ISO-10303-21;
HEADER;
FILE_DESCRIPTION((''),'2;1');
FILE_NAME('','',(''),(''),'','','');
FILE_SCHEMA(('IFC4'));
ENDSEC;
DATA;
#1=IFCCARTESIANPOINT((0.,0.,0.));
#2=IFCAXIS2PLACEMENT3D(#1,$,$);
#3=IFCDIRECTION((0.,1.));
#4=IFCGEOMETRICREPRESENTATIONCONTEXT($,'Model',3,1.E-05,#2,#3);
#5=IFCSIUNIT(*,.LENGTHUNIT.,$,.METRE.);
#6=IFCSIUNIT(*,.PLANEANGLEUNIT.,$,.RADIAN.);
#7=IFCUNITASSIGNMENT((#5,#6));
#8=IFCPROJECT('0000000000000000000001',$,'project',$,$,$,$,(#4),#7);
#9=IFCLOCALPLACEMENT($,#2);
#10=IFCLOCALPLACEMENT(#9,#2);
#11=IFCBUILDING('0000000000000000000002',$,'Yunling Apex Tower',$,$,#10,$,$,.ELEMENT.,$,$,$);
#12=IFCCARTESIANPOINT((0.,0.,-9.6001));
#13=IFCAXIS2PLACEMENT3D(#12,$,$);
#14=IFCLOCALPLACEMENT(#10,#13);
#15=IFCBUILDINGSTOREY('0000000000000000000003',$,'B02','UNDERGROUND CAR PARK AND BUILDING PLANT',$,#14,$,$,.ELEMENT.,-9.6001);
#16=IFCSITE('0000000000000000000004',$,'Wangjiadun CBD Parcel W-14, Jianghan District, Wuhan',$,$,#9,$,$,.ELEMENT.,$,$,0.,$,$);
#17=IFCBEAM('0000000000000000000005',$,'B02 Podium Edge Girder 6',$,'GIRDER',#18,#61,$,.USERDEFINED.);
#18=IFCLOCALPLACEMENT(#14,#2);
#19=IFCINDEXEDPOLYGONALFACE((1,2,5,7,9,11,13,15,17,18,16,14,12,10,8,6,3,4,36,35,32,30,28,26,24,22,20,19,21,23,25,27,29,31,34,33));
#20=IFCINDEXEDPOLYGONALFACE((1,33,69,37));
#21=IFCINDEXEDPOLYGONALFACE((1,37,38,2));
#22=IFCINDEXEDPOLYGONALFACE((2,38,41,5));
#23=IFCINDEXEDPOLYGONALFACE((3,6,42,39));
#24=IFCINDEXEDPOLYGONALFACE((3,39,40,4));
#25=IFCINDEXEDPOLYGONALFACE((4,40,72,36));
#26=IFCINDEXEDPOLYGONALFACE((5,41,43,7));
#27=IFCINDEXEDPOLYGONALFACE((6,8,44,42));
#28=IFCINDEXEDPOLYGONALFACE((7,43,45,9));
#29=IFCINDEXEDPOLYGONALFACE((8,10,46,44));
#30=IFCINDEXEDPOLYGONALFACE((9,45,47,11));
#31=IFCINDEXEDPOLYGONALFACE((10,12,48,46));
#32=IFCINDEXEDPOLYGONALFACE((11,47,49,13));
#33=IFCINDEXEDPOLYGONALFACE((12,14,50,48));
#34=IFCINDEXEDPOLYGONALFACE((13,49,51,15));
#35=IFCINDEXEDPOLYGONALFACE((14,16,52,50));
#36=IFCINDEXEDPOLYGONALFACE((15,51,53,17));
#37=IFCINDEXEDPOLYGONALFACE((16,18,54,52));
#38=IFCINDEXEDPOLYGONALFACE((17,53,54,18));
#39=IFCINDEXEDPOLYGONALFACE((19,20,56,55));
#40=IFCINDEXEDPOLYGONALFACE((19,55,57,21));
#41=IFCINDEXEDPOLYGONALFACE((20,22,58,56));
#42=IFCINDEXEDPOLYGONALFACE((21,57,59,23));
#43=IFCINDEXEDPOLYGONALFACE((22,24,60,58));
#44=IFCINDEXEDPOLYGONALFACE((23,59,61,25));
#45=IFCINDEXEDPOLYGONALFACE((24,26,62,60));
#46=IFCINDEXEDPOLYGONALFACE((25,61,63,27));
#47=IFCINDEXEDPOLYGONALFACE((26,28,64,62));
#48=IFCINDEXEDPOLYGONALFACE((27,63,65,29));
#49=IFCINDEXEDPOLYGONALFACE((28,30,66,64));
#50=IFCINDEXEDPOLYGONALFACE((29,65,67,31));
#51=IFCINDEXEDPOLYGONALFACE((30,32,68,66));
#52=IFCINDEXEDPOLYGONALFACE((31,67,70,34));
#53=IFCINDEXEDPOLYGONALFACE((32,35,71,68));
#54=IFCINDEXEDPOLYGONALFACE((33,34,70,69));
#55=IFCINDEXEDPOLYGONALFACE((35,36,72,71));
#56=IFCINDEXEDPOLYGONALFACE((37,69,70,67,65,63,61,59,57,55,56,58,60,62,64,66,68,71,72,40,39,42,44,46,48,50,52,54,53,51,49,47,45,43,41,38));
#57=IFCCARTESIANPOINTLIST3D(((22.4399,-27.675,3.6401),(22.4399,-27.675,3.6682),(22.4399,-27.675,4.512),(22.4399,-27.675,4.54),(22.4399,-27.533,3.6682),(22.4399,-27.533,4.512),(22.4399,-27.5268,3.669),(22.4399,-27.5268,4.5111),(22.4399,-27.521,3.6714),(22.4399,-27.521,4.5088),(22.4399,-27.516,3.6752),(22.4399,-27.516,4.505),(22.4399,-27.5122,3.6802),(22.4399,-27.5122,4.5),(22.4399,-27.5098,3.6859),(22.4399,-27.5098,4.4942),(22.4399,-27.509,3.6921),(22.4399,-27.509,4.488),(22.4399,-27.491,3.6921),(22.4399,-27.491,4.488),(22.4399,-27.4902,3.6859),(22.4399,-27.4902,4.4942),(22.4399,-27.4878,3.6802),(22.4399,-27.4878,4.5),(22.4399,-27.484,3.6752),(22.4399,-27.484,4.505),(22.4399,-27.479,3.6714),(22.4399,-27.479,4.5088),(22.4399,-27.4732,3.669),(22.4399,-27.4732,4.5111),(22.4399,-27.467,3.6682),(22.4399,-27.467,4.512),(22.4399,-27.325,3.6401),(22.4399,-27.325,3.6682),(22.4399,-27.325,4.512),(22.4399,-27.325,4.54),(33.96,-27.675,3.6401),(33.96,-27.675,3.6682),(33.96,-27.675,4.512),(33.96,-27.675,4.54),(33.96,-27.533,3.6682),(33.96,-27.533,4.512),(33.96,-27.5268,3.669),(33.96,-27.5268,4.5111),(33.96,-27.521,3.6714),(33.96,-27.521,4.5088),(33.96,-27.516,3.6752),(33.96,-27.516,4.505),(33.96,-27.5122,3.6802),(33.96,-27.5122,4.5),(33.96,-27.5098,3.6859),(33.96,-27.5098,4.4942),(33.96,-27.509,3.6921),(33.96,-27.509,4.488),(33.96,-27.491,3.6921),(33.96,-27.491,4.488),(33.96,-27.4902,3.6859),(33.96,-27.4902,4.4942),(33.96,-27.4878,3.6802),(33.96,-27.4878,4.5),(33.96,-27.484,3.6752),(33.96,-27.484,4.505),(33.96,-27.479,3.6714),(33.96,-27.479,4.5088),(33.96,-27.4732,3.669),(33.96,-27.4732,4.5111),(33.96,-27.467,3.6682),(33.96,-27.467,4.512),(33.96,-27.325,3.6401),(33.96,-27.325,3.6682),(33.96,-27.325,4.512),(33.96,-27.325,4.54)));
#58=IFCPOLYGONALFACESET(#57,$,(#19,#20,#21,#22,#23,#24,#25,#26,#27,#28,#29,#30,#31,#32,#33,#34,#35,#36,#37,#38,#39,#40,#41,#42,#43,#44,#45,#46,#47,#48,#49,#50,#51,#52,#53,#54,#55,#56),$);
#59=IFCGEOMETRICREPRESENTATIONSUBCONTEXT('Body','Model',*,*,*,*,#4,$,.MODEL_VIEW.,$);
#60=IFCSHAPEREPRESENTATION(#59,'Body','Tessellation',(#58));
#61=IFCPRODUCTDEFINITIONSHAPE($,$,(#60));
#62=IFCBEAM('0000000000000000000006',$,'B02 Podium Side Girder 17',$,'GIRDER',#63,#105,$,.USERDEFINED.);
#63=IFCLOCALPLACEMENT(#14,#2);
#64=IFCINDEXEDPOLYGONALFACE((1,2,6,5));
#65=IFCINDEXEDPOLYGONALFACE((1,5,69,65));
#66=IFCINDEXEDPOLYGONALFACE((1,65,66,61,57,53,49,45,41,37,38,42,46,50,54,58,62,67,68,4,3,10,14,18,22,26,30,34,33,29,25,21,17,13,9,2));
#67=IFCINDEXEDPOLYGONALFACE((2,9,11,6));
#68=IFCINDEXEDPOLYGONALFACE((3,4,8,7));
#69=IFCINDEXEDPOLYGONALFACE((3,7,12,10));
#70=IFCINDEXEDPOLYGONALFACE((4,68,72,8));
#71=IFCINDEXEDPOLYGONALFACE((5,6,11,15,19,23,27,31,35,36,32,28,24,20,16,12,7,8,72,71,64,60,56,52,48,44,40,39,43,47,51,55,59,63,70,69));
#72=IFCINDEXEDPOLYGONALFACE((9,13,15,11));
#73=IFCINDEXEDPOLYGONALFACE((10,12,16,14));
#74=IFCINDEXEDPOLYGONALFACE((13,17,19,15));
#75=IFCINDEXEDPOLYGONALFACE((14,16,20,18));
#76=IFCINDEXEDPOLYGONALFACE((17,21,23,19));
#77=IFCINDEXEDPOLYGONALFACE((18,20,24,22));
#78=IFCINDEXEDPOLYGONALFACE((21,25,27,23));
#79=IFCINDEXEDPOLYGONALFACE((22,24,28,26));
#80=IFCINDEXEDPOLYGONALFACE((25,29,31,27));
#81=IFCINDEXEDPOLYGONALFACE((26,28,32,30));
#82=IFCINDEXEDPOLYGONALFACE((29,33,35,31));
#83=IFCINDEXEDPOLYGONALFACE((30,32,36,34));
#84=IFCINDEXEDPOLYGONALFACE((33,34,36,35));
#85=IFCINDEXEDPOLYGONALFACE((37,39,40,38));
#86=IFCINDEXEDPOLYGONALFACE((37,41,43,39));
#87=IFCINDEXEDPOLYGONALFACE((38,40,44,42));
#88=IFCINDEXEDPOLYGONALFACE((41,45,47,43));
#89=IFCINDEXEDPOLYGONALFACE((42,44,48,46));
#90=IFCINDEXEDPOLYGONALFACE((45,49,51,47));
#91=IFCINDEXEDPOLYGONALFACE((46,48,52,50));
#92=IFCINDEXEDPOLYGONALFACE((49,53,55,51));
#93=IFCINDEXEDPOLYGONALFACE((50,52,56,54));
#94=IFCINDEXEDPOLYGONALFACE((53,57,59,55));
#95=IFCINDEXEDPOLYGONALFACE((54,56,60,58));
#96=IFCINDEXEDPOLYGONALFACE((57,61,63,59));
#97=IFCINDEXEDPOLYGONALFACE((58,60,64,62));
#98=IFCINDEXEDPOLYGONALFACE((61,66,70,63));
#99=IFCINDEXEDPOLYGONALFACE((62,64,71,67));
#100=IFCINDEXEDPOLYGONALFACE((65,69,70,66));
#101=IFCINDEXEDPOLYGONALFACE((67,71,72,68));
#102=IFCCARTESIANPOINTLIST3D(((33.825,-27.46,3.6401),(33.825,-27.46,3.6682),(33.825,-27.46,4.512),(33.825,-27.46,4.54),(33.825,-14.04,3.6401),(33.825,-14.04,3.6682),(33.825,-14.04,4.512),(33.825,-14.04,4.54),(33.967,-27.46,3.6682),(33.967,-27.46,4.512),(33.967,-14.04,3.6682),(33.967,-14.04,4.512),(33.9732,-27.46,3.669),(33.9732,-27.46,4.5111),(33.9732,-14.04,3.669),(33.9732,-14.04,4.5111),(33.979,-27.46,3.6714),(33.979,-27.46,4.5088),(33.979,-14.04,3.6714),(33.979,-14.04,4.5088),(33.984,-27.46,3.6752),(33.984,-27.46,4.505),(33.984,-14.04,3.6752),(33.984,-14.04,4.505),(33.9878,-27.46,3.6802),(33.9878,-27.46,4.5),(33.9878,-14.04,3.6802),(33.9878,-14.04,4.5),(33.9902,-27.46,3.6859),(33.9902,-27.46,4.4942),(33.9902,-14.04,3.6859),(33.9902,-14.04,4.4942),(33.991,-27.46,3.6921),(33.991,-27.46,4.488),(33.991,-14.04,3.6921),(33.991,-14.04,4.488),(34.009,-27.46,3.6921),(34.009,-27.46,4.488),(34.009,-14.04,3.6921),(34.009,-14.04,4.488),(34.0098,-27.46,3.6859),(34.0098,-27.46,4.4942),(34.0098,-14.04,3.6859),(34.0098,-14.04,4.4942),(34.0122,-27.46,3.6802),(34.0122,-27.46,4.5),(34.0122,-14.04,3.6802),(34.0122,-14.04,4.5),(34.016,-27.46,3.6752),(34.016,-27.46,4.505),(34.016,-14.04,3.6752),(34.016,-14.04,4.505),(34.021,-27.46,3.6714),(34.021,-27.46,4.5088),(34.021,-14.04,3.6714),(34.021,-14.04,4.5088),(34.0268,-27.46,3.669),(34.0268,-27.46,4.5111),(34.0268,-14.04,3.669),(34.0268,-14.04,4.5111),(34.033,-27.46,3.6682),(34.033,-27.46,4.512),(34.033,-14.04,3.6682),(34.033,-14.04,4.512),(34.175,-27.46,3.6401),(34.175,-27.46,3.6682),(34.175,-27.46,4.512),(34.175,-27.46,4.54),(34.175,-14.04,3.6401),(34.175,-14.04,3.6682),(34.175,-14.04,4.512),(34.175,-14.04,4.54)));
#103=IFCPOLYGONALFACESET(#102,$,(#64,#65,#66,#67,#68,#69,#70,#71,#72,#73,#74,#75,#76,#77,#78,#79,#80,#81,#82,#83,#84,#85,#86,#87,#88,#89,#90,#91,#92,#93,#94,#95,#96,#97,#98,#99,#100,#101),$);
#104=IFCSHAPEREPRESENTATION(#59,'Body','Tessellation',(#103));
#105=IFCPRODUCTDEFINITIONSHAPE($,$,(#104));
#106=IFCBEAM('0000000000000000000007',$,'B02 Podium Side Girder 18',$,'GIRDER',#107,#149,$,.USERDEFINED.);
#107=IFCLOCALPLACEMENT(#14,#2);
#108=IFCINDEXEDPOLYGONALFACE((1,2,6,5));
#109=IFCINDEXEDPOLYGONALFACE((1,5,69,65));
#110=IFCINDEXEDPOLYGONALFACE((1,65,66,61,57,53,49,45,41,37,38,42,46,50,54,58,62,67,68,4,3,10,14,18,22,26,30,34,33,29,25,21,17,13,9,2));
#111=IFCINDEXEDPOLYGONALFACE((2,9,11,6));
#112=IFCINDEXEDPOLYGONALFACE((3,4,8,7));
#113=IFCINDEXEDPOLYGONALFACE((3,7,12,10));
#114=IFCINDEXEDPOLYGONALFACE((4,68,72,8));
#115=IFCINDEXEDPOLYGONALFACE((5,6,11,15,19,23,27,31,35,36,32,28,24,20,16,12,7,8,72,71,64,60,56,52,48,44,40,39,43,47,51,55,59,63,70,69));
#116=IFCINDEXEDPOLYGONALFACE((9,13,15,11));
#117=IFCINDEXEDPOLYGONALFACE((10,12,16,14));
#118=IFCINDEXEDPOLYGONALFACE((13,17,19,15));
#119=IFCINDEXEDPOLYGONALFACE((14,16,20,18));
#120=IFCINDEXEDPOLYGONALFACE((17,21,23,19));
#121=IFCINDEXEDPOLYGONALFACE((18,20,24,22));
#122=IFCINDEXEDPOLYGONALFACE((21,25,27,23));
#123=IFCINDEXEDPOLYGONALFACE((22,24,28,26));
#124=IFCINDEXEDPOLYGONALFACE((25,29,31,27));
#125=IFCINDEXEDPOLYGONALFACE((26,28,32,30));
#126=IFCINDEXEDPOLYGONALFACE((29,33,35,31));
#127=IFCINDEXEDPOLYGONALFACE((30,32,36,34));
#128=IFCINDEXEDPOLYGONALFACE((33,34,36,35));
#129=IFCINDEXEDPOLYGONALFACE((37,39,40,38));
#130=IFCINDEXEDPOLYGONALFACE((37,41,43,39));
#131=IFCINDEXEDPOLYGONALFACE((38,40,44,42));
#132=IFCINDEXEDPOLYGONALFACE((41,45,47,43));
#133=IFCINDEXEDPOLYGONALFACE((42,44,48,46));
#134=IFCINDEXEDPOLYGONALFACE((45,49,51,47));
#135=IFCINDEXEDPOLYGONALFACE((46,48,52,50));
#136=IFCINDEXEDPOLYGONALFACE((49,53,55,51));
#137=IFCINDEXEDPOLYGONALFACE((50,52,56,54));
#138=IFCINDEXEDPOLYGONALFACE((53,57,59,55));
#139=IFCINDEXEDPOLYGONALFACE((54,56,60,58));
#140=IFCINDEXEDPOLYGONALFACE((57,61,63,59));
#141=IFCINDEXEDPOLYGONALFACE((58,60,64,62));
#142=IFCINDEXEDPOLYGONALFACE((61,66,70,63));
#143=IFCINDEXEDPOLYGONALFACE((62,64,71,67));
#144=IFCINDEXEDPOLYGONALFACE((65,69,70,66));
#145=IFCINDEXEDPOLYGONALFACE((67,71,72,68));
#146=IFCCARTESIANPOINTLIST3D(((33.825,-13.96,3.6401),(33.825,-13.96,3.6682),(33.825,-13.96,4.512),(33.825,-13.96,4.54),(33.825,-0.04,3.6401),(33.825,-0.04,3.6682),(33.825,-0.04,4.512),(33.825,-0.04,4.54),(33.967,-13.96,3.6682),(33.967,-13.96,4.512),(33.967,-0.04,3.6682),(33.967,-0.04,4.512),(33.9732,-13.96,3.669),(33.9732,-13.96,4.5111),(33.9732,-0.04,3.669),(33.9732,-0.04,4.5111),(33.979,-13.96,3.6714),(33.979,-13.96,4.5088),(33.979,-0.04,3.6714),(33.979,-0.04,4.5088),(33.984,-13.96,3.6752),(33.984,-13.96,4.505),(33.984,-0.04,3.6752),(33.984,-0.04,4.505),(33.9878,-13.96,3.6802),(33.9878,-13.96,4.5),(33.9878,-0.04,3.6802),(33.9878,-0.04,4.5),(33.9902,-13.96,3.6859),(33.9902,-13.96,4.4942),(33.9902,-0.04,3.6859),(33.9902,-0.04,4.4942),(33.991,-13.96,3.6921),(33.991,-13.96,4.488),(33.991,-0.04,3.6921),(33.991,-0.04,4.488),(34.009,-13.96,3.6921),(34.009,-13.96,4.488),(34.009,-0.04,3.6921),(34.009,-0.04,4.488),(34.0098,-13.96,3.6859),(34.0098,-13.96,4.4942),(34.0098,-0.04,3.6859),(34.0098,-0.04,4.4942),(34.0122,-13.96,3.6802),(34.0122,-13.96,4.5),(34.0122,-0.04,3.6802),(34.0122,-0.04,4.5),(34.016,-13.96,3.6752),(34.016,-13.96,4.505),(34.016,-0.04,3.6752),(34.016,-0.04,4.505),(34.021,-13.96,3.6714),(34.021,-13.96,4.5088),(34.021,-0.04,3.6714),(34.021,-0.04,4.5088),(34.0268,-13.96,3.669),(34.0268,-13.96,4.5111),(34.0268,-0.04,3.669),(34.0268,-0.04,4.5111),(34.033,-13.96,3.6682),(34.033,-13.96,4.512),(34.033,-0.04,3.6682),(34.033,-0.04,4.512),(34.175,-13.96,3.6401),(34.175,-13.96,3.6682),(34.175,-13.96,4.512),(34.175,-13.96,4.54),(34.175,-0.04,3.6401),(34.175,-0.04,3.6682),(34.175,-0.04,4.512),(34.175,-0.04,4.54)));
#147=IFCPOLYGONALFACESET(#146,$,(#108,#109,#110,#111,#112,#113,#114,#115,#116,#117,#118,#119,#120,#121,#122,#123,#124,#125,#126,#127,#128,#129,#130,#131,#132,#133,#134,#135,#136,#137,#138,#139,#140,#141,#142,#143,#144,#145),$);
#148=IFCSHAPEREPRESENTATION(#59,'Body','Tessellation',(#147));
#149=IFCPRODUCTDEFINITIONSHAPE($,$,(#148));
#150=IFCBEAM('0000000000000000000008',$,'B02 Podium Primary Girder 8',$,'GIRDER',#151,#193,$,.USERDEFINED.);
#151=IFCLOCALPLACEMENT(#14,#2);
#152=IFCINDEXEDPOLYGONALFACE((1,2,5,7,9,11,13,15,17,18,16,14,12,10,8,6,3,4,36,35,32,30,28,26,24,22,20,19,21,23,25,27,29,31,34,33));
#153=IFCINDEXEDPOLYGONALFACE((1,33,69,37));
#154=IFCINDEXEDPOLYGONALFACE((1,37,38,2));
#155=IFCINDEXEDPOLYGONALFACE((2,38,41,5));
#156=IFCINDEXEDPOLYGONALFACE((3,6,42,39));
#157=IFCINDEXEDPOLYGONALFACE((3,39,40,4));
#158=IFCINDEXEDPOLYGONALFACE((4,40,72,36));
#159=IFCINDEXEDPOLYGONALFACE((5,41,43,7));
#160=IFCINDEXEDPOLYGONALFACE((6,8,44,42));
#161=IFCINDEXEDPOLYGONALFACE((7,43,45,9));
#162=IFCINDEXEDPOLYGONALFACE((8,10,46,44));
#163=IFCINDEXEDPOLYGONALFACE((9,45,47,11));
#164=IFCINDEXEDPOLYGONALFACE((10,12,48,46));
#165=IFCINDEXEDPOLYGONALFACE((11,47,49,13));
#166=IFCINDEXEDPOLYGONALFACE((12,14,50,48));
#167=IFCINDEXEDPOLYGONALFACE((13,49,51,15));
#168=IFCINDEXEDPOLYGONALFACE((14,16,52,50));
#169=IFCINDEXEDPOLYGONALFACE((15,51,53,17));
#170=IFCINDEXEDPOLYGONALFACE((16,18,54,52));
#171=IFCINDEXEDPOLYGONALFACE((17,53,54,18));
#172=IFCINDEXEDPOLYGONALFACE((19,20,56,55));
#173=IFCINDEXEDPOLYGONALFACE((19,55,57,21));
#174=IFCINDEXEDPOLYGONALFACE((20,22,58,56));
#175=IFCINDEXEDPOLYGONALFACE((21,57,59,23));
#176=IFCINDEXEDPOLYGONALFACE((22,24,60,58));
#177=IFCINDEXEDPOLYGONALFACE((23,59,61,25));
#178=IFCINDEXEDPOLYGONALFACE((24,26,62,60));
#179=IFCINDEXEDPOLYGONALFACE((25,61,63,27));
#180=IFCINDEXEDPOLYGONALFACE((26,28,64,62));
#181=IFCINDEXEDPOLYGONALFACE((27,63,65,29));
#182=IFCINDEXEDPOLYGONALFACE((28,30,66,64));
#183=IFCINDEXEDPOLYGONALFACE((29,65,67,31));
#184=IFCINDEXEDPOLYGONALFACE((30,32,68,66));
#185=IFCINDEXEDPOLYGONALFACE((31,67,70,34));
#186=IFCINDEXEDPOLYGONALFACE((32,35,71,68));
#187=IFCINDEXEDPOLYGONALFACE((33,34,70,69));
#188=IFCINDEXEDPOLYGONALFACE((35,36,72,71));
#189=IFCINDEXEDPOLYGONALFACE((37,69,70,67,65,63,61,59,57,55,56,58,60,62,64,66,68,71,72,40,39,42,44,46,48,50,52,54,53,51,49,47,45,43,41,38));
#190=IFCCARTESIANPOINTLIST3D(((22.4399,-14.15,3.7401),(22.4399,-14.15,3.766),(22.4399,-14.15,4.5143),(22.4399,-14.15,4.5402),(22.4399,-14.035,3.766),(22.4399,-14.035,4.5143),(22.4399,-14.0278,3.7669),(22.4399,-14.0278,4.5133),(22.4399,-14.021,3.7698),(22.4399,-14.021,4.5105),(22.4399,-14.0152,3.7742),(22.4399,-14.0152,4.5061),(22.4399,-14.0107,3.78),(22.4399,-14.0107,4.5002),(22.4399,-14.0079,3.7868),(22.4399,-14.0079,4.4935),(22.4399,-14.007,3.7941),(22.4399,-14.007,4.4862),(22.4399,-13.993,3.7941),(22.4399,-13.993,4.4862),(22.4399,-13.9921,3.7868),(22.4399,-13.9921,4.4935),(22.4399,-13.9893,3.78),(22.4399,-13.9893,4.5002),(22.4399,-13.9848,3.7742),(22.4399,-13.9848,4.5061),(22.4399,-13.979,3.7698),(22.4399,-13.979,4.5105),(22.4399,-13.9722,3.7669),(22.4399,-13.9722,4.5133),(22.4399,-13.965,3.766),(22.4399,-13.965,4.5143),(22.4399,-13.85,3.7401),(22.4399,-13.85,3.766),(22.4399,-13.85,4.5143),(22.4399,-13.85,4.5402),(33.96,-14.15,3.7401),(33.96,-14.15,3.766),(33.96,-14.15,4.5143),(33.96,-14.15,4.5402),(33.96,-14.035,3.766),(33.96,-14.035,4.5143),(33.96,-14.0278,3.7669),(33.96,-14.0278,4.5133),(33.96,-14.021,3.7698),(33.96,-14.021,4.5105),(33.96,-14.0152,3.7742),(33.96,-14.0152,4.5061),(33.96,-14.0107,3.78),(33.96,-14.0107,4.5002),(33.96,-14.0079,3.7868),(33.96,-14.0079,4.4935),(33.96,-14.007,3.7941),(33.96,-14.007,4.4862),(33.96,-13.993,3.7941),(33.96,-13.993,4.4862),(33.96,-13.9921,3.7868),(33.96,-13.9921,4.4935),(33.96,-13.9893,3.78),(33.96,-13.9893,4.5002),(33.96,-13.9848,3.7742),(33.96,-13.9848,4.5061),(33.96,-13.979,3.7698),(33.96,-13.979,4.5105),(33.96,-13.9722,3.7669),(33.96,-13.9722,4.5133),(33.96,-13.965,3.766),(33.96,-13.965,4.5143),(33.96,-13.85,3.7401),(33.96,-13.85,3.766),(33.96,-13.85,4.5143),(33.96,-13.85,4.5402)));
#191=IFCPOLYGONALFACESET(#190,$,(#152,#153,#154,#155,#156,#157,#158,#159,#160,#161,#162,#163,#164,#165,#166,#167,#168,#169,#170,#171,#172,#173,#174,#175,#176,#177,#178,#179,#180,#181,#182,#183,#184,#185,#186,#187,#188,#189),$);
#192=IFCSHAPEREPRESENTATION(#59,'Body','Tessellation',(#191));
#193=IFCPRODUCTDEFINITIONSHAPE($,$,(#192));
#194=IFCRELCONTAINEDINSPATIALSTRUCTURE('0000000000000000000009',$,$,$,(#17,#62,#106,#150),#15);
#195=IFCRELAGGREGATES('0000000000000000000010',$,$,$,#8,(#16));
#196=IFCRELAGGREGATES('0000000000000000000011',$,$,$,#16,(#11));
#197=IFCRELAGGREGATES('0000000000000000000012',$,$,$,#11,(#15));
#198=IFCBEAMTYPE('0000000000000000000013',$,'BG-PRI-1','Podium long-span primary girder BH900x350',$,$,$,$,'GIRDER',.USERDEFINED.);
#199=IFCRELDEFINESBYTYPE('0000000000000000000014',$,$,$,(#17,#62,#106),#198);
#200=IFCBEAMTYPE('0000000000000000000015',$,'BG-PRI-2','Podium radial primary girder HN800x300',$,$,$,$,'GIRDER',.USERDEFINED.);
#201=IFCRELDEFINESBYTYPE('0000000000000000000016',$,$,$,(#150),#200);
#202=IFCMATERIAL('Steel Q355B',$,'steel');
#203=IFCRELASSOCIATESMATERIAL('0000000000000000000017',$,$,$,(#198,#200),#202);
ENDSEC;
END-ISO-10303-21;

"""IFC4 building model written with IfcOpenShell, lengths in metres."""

from ifc_helpers import new_model, si_unit, direction, frame, origin, origin_2d, place, context, subcontext, project, spatial, i_section, extrude, source, transform, mapped, material, material_profile, profile_set, type_object, element, save


model = new_model("IFC4")

# Units and contexts
model_context = context("Model", 3, precision=1e-05, world=origin(), true_north=direction((0.0, 1.0)))
body_context = subcontext(model_context, "Body", "Model", "MODEL_VIEW")
ifc_project = project(units=[si_unit("LENGTHUNIT", "METRE"), si_unit("PLANEANGLEUNIT", "RADIAN")], contexts=[model_context])

# Site, building, storey
site_placement = place(None, origin())
site = spatial("IfcSite", under=ifc_project, at=site_placement, Name="Wangjiadun CBD Parcel W-14, Jianghan District, Wuhan", CompositionType="ELEMENT", RefElevation=0.0)
building_placement = place(site_placement, origin())
building = spatial("IfcBuilding", under=site, at=building_placement, Name="Yunling Apex Tower", CompositionType="ELEMENT")
storey_placement = place(building_placement, frame((0.0, 0.0, -9.6001)))
storey = spatial("IfcBuildingStorey", under=building, at=storey_placement, Name="B02", Description="UNDERGROUND CAR PARK AND BUILDING PLANT", CompositionType="ELEMENT", Elevation=-9.6001)

# Beams
ifc_material_1 = material(Name="Steel Q355B", Category="steel")
ifc_material_profile_1 = material_profile(ifc_material_1, i_section(OverallWidth=0.3501, OverallDepth=0.8999, WebThickness=0.0181, FlangeThickness=0.0281, FilletRadius=0.0239, at=origin_2d()))
ifc_profile_set_1 = profile_set([ifc_material_profile_1], Name="Steel Q355B")
beam_type_1 = type_object("IfcBeamType", Name="BG-PRI-1", Description="Podium long-span primary girder BH900x350", ElementType="GIRDER", PredefinedType="USERDEFINED", material=ifc_profile_set_1)
shared_shape_1 = source(origin(), body_context, "Body", "SweptSolid", [
    extrude(i_section(OverallWidth=0.3501, OverallDepth=0.8999, WebThickness=0.0181, FlangeThickness=0.0281, FilletRadius=0.0239, at=origin_2d()), origin(), (0.0, 0.0, 1.0), 11.52),
])
beam_1_placement = place(storey_placement, frame((22.4399, -27.5, 4.0901), z_axis=(1.0, 0.0, 0.0), x_axis=(0.0, 1.0, 0.0)))
element("IfcBeam", 1, at=beam_1_placement, inside=storey, type_object=beam_type_1, Name="B02 Podium Edge Girder 6", ObjectType="GIRDER", PredefinedType="USERDEFINED", context=body_context, shape_type="MappedRepresentation", body=[
    mapped(shared_shape_1, transform((0.0, 0.0, 0.0), scale=1.0)),
])
shared_shape_2 = source(origin(), body_context, "Body", "SweptSolid", [
    extrude(i_section(OverallWidth=0.3501, OverallDepth=0.8999, WebThickness=0.0181, FlangeThickness=0.0281, FilletRadius=0.0239, at=origin_2d()), origin(), (0.0, 0.0, 1.0), 13.4199),
])
beam_2_placement = place(storey_placement, frame((34.0, -27.46, 4.0901), z_axis=(0.0, 1.0, 0.0), x_axis=(-1.0, 0.0, 0.0)))
element("IfcBeam", 2, at=beam_2_placement, inside=storey, type_object=beam_type_1, Name="B02 Podium Side Girder 17", ObjectType="GIRDER", PredefinedType="USERDEFINED", context=body_context, shape_type="MappedRepresentation", body=[
    mapped(shared_shape_2, transform((0.0, 0.0, 0.0), scale=1.0)),
])
shared_shape_3 = source(origin(), body_context, "Body", "SweptSolid", [
    extrude(i_section(OverallWidth=0.3501, OverallDepth=0.8999, WebThickness=0.0181, FlangeThickness=0.0281, FilletRadius=0.0239, at=origin_2d()), origin(), (0.0, 0.0, 1.0), 13.9199),
])
beam_3_placement = place(storey_placement, frame((34.0, -13.96, 4.0901), z_axis=(0.0, 1.0, 0.0), x_axis=(-1.0, 0.0, 0.0)))
element("IfcBeam", 3, at=beam_3_placement, inside=storey, type_object=beam_type_1, Name="B02 Podium Side Girder 18", ObjectType="GIRDER", PredefinedType="USERDEFINED", context=body_context, shape_type="MappedRepresentation", body=[
    mapped(shared_shape_3, transform((0.0, 0.0, 0.0), scale=1.0)),
])
ifc_material_profile_2 = material_profile(ifc_material_1, i_section(OverallWidth=0.3, OverallDepth=0.8, WebThickness=0.0139, FlangeThickness=0.0259, FilletRadius=0.0281, at=origin_2d()))
ifc_profile_set_2 = profile_set([ifc_material_profile_2], Name="Steel Q355B")
beam_type_2 = type_object("IfcBeamType", Name="BG-PRI-2", Description="Podium radial primary girder HN800x300", ElementType="GIRDER", PredefinedType="USERDEFINED", material=ifc_profile_set_2)
shared_shape_4 = source(origin(), body_context, "Body", "SweptSolid", [
    extrude(i_section(OverallWidth=0.3, OverallDepth=0.8, WebThickness=0.0139, FlangeThickness=0.0259, FilletRadius=0.0281, at=origin_2d()), origin(), (0.0, 0.0, 1.0), 11.52),
])
beam_4_placement = place(storey_placement, frame((22.4399, -14.0, 4.1401), z_axis=(1.0, 0.0, 0.0), x_axis=(0.0, 1.0, 0.0)))
element("IfcBeam", 4, at=beam_4_placement, inside=storey, type_object=beam_type_2, Name="B02 Podium Primary Girder 8", ObjectType="GIRDER", PredefinedType="USERDEFINED", context=body_context, shape_type="MappedRepresentation", body=[
    mapped(shared_shape_4, transform((0.0, 0.0, 0.0), scale=1.0)),
])

save(model, "model.ifc")
